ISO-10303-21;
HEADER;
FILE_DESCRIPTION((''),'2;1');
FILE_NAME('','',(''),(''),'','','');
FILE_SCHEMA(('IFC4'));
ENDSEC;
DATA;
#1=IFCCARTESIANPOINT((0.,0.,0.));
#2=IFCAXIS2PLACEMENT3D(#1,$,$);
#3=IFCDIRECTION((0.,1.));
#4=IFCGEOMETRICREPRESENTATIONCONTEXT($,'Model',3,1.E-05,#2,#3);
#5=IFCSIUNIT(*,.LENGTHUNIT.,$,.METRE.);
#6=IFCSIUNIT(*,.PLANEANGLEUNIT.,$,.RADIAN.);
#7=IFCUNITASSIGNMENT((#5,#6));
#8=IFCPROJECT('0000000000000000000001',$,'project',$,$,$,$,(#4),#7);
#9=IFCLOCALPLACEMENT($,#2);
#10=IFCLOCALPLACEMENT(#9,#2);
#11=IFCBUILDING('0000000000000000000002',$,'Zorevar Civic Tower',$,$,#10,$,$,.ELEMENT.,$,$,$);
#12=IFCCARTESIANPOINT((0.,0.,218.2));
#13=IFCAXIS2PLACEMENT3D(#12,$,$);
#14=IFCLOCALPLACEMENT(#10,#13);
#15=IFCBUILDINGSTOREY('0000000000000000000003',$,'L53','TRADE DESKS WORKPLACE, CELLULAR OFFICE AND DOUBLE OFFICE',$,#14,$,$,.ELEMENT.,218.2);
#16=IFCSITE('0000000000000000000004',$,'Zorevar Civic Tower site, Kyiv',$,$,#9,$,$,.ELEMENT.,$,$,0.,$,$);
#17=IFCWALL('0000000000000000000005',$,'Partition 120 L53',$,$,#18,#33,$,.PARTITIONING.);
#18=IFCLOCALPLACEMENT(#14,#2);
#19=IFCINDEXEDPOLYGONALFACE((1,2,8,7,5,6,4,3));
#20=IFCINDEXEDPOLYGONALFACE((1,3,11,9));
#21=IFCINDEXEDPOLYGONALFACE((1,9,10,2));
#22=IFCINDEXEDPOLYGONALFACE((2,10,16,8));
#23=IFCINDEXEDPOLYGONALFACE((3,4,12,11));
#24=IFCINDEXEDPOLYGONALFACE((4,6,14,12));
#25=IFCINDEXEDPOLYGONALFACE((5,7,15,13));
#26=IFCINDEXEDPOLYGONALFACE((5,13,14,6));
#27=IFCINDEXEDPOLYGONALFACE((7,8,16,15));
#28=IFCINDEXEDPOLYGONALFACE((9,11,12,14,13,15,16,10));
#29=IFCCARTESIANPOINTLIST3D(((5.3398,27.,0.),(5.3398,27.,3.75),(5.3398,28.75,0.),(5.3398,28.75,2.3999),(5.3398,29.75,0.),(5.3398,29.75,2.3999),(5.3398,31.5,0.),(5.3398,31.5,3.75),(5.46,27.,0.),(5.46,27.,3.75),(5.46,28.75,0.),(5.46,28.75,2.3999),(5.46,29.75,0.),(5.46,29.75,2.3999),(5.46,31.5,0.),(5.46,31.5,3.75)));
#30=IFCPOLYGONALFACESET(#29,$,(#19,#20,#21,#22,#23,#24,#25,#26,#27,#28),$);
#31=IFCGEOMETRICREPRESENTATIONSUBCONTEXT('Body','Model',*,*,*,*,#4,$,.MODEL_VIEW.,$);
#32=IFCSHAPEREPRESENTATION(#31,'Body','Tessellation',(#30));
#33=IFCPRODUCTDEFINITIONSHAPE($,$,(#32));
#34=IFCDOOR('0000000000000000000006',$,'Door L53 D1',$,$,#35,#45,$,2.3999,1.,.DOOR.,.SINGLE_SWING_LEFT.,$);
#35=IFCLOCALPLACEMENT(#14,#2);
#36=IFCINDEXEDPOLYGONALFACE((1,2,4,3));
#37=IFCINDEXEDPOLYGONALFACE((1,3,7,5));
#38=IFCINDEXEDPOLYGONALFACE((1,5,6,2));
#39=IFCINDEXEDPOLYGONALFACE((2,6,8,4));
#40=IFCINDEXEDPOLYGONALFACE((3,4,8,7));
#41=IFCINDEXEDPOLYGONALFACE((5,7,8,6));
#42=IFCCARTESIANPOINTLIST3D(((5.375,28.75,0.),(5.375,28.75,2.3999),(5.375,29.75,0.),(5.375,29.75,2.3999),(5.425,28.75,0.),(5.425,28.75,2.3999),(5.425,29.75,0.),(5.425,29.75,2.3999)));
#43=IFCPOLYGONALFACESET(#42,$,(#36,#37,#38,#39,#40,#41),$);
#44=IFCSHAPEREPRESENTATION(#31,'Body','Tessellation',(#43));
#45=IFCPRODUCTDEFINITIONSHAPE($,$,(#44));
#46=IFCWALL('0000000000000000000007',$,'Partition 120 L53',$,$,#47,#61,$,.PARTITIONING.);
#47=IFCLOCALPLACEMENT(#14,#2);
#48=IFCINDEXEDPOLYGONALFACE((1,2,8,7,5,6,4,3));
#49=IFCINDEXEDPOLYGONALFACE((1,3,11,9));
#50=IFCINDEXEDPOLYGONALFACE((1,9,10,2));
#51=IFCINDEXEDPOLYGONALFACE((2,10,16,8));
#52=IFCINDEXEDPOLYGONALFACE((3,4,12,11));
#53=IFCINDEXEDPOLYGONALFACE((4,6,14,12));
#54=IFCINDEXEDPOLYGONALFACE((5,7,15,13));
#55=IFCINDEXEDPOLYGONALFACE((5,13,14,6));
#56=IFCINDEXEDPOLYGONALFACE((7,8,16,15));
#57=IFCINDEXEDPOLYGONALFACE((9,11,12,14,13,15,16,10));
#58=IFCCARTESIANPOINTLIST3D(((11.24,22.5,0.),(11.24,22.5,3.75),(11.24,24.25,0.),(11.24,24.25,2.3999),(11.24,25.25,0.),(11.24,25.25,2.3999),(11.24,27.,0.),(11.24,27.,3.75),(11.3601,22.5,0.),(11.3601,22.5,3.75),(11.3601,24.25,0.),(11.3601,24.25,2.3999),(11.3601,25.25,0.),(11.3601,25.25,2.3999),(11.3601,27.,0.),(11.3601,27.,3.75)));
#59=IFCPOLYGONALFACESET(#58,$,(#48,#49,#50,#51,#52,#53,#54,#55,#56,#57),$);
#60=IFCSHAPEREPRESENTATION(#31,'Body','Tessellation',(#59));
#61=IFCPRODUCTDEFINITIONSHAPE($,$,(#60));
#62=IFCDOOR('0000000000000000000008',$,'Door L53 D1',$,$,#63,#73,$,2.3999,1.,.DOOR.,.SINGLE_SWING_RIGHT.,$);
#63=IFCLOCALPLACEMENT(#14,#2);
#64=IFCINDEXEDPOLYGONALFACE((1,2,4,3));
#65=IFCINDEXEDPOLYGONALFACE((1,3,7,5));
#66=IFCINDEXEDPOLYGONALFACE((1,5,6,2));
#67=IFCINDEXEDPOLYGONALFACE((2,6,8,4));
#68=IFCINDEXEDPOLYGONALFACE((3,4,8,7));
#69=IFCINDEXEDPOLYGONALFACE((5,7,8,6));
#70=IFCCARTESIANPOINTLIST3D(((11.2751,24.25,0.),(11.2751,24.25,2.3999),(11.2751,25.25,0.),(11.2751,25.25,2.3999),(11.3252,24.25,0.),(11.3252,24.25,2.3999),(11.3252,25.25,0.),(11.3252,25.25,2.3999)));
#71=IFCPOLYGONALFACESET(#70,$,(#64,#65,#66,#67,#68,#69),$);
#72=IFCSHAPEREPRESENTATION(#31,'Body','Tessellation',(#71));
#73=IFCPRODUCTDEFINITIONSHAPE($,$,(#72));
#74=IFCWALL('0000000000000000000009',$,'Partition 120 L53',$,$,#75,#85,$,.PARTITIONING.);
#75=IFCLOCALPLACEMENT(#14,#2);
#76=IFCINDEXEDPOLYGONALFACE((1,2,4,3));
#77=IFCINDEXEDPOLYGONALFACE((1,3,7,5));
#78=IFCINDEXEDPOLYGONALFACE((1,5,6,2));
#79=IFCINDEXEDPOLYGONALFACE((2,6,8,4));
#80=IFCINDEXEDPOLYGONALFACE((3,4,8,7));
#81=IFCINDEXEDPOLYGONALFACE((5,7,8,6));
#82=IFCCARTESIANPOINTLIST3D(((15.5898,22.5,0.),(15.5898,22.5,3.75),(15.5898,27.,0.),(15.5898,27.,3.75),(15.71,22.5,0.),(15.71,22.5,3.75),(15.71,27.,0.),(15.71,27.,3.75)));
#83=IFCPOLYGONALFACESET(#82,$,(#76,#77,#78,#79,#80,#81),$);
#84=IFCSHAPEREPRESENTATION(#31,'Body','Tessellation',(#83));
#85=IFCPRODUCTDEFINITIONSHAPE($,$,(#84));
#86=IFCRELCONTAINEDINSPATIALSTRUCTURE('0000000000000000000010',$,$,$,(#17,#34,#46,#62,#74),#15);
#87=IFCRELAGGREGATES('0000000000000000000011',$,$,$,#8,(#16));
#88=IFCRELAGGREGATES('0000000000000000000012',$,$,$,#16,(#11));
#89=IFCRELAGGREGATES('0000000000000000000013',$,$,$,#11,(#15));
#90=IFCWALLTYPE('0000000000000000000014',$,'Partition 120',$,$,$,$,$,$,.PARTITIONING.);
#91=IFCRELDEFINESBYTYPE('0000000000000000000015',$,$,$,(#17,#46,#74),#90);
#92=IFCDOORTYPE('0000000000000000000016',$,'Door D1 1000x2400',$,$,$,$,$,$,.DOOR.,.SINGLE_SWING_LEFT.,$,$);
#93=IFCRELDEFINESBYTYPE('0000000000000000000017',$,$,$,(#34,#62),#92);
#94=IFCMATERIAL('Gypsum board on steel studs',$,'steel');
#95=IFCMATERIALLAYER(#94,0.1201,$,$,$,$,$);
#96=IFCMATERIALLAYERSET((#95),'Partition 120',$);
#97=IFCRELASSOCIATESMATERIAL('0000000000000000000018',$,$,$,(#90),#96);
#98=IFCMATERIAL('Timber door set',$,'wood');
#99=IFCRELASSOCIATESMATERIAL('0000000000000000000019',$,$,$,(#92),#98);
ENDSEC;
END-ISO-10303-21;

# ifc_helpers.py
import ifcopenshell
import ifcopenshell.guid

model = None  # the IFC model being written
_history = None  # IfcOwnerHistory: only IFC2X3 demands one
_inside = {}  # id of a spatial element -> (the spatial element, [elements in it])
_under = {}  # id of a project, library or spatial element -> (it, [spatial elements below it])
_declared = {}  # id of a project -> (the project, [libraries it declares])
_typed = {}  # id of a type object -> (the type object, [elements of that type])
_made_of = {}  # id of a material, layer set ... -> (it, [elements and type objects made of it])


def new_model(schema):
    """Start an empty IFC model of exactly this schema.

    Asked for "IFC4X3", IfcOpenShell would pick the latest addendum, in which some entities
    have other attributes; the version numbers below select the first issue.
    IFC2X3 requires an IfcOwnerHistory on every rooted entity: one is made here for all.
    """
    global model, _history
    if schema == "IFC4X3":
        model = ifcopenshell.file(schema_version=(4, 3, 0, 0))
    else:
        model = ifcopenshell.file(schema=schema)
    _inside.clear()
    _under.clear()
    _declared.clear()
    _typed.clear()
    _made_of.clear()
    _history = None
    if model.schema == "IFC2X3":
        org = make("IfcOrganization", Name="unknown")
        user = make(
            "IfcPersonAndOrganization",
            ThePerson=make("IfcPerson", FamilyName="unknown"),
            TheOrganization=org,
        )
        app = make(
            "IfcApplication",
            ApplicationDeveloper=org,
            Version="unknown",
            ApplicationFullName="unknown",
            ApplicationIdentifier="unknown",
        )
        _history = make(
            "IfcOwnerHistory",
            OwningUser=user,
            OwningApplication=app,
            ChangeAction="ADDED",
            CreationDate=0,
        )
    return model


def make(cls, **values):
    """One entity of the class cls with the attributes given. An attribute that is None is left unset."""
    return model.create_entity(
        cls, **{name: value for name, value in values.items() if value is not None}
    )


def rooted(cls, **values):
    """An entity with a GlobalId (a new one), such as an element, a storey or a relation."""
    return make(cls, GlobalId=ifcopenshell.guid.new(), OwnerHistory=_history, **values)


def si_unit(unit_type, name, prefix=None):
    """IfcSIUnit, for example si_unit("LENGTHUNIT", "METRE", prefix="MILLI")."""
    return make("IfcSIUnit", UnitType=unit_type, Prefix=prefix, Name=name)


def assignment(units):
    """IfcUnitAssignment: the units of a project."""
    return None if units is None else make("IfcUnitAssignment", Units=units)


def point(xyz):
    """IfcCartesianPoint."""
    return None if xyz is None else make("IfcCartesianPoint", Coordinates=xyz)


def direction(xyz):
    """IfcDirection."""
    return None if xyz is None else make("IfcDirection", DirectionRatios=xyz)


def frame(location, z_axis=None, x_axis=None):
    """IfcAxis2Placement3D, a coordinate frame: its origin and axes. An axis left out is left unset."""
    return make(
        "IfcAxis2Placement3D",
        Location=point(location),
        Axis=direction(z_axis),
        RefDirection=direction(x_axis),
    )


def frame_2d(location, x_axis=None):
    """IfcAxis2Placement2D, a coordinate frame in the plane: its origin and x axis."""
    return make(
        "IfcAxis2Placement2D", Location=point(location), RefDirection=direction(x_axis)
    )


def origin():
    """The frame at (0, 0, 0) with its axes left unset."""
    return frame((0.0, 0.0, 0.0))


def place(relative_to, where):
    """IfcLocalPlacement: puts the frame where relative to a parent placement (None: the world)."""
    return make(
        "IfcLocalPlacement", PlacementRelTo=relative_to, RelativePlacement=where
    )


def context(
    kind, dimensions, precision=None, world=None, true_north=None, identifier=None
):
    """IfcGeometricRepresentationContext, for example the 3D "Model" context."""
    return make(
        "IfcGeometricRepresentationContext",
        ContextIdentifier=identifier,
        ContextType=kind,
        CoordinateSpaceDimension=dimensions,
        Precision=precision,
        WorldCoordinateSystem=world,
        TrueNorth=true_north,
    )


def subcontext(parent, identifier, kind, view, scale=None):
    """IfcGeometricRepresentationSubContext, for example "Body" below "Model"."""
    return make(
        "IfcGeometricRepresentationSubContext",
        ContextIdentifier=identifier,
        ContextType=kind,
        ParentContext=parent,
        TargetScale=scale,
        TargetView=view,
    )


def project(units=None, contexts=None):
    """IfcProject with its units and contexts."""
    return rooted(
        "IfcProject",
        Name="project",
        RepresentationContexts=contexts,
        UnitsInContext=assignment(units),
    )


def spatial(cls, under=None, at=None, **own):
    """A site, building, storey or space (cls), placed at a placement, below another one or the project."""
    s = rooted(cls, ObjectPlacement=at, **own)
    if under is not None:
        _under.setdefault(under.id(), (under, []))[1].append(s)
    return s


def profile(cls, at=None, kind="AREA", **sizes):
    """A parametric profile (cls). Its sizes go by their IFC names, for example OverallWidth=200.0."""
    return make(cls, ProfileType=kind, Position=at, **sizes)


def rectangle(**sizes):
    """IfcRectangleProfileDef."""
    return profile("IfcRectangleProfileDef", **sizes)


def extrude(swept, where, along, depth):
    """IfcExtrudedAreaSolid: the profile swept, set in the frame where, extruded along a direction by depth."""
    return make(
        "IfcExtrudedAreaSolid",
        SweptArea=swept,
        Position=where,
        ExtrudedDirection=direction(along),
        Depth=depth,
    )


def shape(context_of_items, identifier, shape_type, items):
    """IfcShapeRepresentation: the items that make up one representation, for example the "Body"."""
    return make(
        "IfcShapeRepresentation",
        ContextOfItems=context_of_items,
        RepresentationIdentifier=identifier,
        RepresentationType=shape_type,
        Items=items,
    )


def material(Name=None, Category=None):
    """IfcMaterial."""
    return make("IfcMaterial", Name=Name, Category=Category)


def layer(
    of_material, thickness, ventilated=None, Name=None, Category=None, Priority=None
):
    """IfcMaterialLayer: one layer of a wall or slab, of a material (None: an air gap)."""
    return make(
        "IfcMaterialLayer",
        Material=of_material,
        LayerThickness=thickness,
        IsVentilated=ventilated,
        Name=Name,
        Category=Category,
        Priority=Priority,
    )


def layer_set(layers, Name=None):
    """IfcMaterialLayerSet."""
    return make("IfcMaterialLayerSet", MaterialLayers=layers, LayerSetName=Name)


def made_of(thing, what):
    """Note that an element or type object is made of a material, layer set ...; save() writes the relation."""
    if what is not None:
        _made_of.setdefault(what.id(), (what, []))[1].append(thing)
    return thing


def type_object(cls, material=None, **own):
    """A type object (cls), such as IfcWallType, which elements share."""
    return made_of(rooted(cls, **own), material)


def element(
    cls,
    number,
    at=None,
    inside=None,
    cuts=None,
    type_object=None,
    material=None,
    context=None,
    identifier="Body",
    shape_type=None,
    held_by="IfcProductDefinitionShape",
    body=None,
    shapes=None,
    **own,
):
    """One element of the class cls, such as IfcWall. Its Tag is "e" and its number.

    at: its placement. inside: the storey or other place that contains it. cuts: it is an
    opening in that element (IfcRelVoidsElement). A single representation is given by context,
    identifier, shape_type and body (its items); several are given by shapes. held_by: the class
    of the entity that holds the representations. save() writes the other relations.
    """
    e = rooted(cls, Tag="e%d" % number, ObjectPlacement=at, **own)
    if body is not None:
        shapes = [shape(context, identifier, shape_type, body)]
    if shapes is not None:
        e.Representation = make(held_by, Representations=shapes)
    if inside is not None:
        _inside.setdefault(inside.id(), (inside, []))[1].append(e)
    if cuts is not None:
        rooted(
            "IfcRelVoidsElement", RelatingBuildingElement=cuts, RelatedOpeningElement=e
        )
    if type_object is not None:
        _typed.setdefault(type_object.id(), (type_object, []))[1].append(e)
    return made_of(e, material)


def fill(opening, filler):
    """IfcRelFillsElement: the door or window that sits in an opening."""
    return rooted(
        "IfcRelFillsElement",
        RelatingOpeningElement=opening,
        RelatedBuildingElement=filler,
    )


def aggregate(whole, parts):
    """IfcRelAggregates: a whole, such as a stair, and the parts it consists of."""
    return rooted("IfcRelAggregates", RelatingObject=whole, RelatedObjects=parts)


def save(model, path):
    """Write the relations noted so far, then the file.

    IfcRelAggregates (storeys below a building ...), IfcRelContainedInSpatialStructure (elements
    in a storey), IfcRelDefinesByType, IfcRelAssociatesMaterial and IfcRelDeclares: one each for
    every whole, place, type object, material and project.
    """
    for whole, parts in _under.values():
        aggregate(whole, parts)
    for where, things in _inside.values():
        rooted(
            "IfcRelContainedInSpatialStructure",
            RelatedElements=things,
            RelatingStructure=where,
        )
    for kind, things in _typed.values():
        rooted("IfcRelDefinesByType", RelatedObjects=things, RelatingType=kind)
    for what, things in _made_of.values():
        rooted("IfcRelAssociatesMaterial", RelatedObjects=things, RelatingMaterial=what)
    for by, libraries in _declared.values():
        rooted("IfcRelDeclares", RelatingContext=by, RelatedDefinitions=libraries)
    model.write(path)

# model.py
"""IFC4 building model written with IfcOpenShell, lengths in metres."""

from ifc_helpers import new_model, si_unit, direction, frame, frame_2d, origin, place, context, subcontext, project, spatial, rectangle, extrude, material, layer, layer_set, type_object, element, fill, save


model = new_model("IFC4")

# Units and contexts
model_context = context("Model", 3, precision=1e-05, world=origin(), true_north=direction((0.0, 1.0)))
body_context = subcontext(model_context, "Body", "Model", "MODEL_VIEW")
ifc_project = project(units=[si_unit("LENGTHUNIT", "METRE"), si_unit("PLANEANGLEUNIT", "RADIAN")], contexts=[model_context])

# Site, building, storey
site_placement = place(None, origin())
site = spatial("IfcSite", under=ifc_project, at=site_placement, Name="Zorevar Civic Tower site, Kyiv", CompositionType="ELEMENT", RefElevation=0.0)
building_placement = place(site_placement, origin())
building = spatial("IfcBuilding", under=site, at=building_placement, Name="Zorevar Civic Tower", CompositionType="ELEMENT")
storey_placement = place(building_placement, frame((0.0, 0.0, 218.2)))
storey = spatial("IfcBuildingStorey", under=building, at=storey_placement, Name="L53", Description="TRADE DESKS WORKPLACE, CELLULAR OFFICE AND DOUBLE OFFICE", CompositionType="ELEMENT", Elevation=218.2)

# Shared definitions
ifc_material_1 = material(Name="Gypsum board on steel studs", Category="steel")
ifc_layer_1 = layer(ifc_material_1, 0.1201)
ifc_layer_set_1 = layer_set([ifc_layer_1], Name="Partition 120")
wall_type_1 = type_object("IfcWallType", Name="Partition 120", PredefinedType="PARTITIONING", material=ifc_layer_set_1)

# Walls, openings, doors
wall_1_placement = place(storey_placement, frame((5.3999, 27.0, 0.0), z_axis=(0.0, 0.0, 1.0), x_axis=(0.0, 1.0, 0.0)))
wall_1 = element("IfcWall", 1, at=wall_1_placement, inside=storey, type_object=wall_type_1, Name="Partition 120 L53", PredefinedType="PARTITIONING", context=body_context, shape_type="SweptSolid", body=[
    extrude(rectangle(XDim=4.5, YDim=0.1201, at=frame_2d((2.25, 0.0))), origin(), (0.0, 0.0, 1.0), 3.75),
])
opening_1_placement = place(wall_1_placement, frame((1.75, 0.0, 0.0)))
opening_1 = element("IfcOpeningElement", 2, at=opening_1_placement, cuts=wall_1, PredefinedType="OPENING", context=body_context, shape_type="SweptSolid", body=[
    extrude(rectangle(XDim=1.0, YDim=2.3999, at=frame_2d((0.5, 1.2))), frame((0.0, 0.0701, 0.0), z_axis=(0.0, -1.0, 0.0), x_axis=(1.0, 0.0, 0.0)), (0.0, 0.0, 1.0), 0.1401),
])
ifc_material_2 = material(Name="Timber door set", Category="wood")
door_type_1 = type_object("IfcDoorType", Name="Door D1 1000x2400", OperationType="SINGLE_SWING_LEFT", PredefinedType="DOOR", material=ifc_material_2)
door_1_placement = place(opening_1_placement, origin())
door_1 = element("IfcDoor", 3, at=door_1_placement, inside=storey, type_object=door_type_1, Name="Door L53 D1", OperationType="SINGLE_SWING_LEFT", OverallHeight=2.3999, OverallWidth=1.0, PredefinedType="DOOR", context=body_context, shape_type="SweptSolid", body=[
    extrude(rectangle(XDim=1.0, YDim=2.3999, at=frame_2d((0.5, 1.2))), frame((0.0, 0.0249, 0.0), z_axis=(0.0, -1.0, 0.0), x_axis=(1.0, 0.0, 0.0)), (0.0, 0.0, 1.0), 0.05),
])
fill(opening_1, door_1)
wall_2_placement = place(storey_placement, frame((11.3, 22.5, 0.0), z_axis=(0.0, 0.0, 1.0), x_axis=(0.0, 1.0, 0.0)))
wall_2 = element("IfcWall", 4, at=wall_2_placement, inside=storey, type_object=wall_type_1, Name="Partition 120 L53", PredefinedType="PARTITIONING", context=body_context, shape_type="SweptSolid", body=[
    extrude(rectangle(XDim=4.5, YDim=0.1201, at=frame_2d((2.25, 0.0))), origin(), (0.0, 0.0, 1.0), 3.75),
])
opening_2_placement = place(wall_2_placement, frame((1.75, 0.0, 0.0)))
opening_2 = element("IfcOpeningElement", 5, at=opening_2_placement, cuts=wall_2, PredefinedType="OPENING", context=body_context, shape_type="SweptSolid", body=[
    extrude(rectangle(XDim=1.0, YDim=2.3999, at=frame_2d((0.5, 1.2))), frame((0.0, 0.0701, 0.0), z_axis=(0.0, -1.0, 0.0), x_axis=(1.0, 0.0, 0.0)), (0.0, 0.0, 1.0), 0.1401),
])
door_2_placement = place(opening_2_placement, origin())
door_2 = element("IfcDoor", 6, at=door_2_placement, inside=storey, type_object=door_type_1, Name="Door L53 D1", OperationType="SINGLE_SWING_RIGHT", OverallHeight=2.3999, OverallWidth=1.0, PredefinedType="DOOR", context=body_context, shape_type="SweptSolid", body=[
    extrude(rectangle(XDim=1.0, YDim=2.3999, at=frame_2d((0.5, 1.2))), frame((0.0, 0.0249, 0.0), z_axis=(0.0, -1.0, 0.0), x_axis=(1.0, 0.0, 0.0)), (0.0, 0.0, 1.0), 0.05),
])
fill(opening_2, door_2)

# Wall
wall_3_placement = place(storey_placement, frame((15.6499, 22.5, 0.0), z_axis=(0.0, 0.0, 1.0), x_axis=(0.0, 1.0, 0.0)))
element("IfcWall", 7, at=wall_3_placement, inside=storey, type_object=wall_type_1, Name="Partition 120 L53", PredefinedType="PARTITIONING", context=body_context, shape_type="SweptSolid", body=[
    extrude(rectangle(XDim=4.5, YDim=0.1201, at=frame_2d((2.25, 0.0))), origin(), (0.0, 0.0, 1.0), 3.75),
])

save(model, "model.ifc")
